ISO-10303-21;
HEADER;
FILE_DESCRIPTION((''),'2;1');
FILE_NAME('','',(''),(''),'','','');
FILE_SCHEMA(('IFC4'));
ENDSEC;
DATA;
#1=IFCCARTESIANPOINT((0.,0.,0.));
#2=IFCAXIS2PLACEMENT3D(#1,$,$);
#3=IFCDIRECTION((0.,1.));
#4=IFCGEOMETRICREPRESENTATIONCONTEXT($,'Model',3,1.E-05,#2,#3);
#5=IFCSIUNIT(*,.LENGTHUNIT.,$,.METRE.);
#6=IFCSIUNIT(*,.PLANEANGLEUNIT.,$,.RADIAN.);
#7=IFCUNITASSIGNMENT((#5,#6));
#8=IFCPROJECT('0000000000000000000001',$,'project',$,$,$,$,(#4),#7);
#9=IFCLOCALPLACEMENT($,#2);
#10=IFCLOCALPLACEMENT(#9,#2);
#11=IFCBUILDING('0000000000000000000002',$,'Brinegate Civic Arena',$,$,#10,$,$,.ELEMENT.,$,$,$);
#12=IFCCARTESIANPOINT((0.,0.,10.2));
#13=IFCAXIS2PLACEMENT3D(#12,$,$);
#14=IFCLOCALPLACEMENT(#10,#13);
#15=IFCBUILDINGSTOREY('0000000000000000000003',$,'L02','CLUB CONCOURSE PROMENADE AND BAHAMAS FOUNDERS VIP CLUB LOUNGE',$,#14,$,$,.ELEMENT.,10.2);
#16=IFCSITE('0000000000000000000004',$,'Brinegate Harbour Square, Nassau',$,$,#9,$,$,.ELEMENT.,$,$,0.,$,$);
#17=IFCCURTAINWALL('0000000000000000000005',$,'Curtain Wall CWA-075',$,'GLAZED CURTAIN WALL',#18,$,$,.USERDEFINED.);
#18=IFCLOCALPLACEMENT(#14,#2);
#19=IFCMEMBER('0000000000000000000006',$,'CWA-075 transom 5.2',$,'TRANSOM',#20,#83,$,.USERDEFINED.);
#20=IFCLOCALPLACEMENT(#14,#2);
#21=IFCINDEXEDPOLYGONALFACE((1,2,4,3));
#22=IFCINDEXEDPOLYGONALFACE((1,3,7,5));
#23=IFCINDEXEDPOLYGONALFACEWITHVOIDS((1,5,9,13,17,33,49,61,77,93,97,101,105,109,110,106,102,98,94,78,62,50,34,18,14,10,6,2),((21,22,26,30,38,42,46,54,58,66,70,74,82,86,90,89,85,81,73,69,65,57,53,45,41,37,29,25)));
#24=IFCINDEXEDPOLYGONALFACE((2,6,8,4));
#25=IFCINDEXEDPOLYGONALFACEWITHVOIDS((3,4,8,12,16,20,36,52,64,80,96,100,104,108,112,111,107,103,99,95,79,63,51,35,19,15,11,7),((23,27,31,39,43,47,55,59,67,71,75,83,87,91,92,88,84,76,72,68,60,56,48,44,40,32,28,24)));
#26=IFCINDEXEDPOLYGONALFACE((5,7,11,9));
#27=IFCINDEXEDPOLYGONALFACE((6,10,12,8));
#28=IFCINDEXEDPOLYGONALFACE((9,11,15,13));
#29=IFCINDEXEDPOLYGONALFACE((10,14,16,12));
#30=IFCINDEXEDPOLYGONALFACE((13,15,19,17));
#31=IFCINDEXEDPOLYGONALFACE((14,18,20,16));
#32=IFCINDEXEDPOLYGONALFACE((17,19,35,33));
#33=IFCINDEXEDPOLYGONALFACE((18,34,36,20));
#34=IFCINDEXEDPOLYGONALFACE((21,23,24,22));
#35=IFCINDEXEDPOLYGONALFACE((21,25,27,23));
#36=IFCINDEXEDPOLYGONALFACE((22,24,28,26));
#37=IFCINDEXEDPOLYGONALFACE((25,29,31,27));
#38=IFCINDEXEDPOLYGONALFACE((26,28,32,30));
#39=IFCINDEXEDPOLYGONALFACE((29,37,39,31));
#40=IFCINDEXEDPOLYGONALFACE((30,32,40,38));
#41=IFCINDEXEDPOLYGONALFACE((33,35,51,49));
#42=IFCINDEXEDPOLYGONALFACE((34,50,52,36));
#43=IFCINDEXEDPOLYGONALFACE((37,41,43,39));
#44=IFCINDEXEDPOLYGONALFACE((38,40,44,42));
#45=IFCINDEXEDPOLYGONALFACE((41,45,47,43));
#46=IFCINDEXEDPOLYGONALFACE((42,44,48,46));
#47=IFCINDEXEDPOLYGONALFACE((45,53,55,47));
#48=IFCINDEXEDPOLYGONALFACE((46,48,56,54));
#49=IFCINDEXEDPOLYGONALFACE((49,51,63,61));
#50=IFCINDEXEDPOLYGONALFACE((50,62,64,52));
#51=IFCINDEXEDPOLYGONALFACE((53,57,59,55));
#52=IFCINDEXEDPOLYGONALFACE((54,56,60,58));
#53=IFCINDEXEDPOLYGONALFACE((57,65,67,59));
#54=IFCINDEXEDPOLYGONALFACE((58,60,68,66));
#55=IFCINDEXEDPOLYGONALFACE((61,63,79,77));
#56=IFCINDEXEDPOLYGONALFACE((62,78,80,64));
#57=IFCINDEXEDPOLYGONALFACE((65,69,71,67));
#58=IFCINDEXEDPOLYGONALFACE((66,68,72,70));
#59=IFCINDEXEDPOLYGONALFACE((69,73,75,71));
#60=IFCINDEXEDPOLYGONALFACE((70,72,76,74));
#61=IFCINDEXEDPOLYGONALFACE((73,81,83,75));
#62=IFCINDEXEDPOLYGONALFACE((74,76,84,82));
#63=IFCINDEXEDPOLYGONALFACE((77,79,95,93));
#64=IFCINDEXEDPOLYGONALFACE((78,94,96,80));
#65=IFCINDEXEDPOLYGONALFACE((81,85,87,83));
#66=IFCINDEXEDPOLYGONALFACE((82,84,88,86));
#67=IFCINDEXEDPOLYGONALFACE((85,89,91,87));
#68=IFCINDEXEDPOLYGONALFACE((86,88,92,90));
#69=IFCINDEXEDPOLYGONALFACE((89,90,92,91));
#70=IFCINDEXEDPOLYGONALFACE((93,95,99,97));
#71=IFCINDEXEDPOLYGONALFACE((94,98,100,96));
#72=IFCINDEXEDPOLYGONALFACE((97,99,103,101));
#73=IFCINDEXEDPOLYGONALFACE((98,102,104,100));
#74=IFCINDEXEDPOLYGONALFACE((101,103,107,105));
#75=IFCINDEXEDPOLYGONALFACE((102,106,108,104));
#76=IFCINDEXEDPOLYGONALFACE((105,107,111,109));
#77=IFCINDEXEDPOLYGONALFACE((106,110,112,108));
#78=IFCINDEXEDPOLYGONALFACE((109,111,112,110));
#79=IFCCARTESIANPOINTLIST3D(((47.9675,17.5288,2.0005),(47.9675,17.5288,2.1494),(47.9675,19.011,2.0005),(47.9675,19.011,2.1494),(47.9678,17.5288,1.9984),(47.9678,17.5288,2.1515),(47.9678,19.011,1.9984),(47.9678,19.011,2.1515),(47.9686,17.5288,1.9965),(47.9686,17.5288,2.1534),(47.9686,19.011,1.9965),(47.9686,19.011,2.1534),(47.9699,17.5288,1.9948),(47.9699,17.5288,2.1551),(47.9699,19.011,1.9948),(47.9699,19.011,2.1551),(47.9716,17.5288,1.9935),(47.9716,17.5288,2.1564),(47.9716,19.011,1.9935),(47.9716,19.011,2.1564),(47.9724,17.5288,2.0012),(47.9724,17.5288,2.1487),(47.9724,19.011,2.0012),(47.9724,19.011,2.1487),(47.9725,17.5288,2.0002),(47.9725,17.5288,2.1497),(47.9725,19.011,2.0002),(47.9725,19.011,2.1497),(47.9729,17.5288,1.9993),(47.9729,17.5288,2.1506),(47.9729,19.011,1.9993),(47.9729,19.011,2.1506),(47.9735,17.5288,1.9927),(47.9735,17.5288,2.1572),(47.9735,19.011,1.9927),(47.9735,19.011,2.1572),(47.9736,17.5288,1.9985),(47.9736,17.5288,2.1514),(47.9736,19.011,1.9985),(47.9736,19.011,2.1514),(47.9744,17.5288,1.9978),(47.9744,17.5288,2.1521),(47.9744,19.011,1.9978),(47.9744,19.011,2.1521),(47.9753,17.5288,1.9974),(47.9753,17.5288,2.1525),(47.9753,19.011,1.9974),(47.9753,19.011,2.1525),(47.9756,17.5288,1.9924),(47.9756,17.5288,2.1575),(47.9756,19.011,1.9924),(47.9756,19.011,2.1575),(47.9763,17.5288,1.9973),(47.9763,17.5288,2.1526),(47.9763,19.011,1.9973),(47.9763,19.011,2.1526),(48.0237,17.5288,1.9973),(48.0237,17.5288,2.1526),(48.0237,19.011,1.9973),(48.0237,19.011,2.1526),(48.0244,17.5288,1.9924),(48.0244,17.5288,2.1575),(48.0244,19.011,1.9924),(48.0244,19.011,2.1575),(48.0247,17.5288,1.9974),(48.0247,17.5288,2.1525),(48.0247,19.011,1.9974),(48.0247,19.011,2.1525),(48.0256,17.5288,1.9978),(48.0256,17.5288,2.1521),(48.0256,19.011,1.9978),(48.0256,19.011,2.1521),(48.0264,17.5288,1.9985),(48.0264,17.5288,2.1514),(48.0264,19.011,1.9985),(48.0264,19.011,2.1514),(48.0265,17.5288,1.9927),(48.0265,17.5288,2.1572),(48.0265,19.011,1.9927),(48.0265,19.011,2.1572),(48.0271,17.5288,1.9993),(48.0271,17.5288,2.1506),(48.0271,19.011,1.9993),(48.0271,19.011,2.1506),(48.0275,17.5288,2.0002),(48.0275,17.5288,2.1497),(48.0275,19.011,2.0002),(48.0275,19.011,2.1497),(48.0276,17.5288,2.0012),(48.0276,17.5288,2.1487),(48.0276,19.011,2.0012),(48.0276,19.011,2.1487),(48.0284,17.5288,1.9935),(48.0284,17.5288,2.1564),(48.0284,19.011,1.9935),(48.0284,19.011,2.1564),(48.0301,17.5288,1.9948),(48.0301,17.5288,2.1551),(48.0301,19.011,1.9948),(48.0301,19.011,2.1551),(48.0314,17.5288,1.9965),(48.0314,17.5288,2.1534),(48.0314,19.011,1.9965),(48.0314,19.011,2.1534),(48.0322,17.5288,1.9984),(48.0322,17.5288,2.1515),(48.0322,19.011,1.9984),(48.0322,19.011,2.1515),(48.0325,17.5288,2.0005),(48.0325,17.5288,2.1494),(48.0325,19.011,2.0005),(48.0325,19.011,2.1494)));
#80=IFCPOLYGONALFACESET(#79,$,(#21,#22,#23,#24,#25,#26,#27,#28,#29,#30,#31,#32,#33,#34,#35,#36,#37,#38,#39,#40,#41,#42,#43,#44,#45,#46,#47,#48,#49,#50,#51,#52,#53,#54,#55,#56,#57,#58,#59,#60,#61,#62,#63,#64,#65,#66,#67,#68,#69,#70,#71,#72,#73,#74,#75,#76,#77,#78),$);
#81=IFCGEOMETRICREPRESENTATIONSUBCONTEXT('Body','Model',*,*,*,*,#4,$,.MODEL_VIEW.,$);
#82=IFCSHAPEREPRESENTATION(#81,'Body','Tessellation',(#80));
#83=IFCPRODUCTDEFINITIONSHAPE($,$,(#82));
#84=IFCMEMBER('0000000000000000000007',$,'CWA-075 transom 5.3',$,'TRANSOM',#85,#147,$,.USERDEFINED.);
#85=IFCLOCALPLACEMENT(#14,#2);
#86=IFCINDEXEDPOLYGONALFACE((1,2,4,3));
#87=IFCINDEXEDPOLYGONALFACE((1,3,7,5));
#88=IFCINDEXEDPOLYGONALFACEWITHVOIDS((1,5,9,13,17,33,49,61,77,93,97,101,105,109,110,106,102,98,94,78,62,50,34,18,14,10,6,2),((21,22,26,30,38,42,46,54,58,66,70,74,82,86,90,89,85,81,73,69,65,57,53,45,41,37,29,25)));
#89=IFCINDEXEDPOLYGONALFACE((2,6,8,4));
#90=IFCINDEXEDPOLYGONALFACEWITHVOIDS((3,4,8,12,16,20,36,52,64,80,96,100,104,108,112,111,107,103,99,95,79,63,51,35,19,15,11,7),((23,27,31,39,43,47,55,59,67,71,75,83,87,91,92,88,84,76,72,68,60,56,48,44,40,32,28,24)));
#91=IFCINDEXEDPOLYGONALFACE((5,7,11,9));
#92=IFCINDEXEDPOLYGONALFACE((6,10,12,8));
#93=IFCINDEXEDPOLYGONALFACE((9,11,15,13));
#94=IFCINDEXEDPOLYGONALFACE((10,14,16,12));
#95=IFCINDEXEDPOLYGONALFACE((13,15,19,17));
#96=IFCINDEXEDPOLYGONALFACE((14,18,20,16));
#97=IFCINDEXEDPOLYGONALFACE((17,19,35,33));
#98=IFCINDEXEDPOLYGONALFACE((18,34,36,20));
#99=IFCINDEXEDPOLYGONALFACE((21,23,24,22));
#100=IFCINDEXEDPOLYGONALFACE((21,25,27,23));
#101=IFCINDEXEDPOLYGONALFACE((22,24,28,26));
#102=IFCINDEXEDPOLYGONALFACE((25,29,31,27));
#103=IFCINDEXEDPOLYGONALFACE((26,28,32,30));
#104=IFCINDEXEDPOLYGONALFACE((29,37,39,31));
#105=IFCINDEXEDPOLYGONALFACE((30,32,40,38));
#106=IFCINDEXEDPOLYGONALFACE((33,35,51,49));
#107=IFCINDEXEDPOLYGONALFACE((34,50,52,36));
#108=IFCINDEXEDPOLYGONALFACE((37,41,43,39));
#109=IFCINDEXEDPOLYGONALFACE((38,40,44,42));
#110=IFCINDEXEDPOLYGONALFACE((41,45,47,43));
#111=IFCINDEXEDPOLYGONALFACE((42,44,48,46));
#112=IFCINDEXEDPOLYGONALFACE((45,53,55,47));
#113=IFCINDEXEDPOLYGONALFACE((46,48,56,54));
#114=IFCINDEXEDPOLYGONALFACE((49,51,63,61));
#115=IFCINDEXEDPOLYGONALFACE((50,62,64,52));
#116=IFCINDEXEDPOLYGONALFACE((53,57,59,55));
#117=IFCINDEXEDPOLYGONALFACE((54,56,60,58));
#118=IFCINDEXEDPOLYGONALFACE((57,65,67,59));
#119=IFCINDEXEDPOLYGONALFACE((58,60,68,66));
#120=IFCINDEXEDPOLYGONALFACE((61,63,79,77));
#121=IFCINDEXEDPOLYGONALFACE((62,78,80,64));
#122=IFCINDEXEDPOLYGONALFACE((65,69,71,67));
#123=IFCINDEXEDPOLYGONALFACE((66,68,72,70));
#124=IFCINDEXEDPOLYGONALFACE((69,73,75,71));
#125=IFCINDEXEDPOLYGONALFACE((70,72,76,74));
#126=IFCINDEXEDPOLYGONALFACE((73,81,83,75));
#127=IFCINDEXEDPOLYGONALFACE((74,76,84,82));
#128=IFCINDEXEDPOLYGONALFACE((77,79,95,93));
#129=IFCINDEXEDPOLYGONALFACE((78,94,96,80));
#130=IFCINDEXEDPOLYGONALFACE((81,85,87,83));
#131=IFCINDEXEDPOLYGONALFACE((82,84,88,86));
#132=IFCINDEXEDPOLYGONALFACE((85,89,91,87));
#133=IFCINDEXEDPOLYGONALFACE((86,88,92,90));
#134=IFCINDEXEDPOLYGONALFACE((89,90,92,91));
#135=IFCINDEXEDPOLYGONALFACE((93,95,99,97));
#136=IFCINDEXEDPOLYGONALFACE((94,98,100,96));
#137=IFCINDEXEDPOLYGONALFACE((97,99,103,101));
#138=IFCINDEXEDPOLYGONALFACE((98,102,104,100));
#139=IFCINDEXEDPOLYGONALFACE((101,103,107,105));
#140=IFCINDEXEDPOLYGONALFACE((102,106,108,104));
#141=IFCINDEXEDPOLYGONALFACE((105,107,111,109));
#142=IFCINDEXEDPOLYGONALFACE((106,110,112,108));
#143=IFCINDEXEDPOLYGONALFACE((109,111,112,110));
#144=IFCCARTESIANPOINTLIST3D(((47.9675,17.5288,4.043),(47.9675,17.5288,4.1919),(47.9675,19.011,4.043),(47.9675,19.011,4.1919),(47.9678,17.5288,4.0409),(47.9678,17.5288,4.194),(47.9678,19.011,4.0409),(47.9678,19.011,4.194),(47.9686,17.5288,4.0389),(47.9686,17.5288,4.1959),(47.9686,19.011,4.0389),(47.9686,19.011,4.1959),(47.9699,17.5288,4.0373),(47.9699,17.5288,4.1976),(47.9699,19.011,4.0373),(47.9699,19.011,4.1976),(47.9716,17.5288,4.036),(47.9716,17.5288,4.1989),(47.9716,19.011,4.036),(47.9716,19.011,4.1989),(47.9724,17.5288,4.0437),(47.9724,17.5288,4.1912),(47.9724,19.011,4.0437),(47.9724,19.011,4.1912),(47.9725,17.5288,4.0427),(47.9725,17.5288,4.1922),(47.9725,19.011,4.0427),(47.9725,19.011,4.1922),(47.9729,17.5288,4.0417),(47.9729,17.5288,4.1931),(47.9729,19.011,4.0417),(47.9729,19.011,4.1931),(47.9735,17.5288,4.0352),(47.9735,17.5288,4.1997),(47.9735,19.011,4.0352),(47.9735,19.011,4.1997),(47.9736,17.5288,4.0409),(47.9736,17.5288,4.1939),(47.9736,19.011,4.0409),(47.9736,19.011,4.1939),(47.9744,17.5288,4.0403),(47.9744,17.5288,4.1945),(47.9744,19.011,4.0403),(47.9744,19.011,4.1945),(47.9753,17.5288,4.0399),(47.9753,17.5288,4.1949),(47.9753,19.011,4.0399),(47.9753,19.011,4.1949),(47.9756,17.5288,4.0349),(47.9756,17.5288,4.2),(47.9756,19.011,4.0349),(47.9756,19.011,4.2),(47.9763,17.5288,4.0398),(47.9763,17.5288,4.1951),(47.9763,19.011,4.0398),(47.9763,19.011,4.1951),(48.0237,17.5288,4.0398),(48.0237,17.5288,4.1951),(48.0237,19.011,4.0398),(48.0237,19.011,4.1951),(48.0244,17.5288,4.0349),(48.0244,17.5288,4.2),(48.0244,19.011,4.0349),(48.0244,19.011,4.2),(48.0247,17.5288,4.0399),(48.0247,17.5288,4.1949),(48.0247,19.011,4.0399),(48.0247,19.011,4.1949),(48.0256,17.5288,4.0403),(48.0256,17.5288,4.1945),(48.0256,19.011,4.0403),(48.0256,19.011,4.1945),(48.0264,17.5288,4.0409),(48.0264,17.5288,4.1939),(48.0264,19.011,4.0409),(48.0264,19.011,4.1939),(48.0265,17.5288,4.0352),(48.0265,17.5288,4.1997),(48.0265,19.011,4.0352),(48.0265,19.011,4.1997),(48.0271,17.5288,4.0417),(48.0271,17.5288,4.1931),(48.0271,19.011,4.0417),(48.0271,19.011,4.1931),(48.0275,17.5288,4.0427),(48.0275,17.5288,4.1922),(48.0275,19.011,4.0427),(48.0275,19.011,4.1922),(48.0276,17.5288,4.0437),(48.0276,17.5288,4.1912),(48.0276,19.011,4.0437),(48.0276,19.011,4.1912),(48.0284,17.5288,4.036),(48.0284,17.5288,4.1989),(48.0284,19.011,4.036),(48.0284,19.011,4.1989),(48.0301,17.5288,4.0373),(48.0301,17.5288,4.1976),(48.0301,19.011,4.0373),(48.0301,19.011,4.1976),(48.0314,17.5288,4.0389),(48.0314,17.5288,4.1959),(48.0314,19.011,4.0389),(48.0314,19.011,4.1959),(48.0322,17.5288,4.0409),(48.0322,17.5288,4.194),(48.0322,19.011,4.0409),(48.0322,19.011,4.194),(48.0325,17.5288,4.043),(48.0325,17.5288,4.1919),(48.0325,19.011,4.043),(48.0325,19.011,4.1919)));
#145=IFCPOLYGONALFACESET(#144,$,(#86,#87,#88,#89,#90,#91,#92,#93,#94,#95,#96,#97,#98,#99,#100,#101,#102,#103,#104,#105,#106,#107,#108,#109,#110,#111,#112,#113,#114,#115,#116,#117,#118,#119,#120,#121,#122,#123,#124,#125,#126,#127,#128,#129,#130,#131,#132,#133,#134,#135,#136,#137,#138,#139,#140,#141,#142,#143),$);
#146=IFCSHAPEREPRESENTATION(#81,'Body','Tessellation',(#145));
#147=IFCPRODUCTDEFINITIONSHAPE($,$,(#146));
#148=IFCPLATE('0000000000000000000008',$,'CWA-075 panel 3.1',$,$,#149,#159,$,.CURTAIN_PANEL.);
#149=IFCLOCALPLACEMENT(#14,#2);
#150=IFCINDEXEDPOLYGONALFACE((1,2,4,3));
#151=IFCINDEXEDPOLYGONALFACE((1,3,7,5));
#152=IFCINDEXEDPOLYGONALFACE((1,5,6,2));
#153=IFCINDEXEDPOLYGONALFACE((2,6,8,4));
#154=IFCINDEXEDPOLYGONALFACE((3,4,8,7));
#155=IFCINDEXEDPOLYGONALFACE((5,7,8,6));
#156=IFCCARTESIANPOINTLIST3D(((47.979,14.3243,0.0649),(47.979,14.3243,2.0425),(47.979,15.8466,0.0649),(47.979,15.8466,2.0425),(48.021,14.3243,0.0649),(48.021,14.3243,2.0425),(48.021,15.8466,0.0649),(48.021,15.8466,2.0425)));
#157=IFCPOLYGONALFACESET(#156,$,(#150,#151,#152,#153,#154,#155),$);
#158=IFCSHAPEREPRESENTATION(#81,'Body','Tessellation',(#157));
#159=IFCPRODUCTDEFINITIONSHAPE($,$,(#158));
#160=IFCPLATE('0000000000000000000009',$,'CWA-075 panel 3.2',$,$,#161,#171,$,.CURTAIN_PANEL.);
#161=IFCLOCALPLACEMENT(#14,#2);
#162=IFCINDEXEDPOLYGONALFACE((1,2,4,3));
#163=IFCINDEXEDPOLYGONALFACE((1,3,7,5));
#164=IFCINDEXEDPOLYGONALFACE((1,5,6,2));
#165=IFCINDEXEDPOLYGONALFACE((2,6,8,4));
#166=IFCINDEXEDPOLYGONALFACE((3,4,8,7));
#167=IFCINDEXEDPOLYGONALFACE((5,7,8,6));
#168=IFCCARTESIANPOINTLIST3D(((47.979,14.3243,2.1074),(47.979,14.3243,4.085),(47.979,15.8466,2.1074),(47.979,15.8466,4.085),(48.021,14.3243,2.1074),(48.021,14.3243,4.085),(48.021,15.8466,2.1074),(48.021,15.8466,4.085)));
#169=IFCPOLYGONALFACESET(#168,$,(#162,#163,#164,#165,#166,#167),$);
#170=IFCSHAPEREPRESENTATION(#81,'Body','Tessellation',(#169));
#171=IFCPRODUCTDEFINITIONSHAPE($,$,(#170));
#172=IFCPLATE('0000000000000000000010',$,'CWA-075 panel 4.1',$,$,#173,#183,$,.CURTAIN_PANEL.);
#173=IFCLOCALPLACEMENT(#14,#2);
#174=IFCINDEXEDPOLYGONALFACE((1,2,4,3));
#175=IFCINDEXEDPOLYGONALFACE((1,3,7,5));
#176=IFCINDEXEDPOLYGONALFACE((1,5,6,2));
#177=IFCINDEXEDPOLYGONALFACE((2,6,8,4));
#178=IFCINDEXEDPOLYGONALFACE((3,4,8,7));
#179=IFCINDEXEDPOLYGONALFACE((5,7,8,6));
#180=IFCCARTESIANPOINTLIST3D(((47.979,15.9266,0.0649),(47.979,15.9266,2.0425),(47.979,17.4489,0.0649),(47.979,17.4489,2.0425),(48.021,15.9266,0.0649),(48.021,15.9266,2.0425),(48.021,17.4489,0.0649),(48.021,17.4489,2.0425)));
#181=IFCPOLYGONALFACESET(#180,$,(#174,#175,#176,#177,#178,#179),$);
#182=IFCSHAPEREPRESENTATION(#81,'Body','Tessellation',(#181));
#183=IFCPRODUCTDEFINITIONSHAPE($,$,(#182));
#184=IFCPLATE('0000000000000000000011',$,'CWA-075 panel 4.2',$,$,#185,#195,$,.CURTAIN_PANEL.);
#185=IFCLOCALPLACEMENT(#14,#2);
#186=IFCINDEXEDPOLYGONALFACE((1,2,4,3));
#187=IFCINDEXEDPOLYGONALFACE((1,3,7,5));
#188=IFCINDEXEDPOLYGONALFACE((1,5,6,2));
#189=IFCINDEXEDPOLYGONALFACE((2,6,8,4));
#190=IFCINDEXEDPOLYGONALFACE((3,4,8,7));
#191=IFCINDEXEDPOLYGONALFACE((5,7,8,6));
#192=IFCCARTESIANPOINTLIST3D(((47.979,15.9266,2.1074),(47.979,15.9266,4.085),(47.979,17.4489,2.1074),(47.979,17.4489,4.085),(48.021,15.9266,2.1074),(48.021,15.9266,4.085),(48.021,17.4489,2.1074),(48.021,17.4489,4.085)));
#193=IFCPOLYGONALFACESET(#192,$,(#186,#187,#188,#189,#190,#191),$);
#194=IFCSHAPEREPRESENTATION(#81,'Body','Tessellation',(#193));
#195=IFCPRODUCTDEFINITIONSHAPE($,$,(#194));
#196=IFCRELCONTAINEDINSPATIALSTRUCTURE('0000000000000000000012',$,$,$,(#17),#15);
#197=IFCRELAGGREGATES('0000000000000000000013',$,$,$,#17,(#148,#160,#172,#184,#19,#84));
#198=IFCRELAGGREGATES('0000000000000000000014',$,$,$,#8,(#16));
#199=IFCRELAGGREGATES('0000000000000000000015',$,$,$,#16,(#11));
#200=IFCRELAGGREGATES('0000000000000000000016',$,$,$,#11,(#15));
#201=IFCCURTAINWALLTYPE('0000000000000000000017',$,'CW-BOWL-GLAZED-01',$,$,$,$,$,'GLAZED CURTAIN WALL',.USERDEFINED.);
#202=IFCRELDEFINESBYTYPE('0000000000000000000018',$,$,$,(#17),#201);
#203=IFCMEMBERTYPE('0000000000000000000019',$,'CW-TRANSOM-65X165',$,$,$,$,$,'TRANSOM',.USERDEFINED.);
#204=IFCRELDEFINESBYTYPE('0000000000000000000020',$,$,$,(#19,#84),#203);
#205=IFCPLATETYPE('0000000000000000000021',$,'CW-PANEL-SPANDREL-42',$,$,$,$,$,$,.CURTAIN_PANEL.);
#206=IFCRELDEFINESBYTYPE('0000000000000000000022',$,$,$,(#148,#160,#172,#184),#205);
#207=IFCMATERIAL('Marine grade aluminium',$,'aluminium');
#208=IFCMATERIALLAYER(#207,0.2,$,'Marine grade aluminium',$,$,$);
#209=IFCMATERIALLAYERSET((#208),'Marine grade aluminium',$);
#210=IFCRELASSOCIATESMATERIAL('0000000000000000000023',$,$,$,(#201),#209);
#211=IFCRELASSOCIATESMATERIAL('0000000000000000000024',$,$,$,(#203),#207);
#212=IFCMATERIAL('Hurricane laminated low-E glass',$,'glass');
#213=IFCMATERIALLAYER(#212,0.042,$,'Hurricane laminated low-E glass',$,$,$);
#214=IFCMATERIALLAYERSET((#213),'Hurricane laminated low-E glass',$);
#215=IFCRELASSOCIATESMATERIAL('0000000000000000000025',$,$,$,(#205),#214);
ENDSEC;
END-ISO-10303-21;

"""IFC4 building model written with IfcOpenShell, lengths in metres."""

from ifc_helpers import new_model, si_unit, direction, frame, origin, origin_2d, place, context, subcontext, project, spatial, rectangle, hollow_rectangle, extrude, material, layer, layer_set, material_profile, profile_set, type_object, element, aggregate, save


model = new_model("IFC4")

# Units and contexts
model_context = context("Model", 3, precision=1e-05, world=origin(), true_north=direction((0.0, 1.0)))
body_context = subcontext(model_context, "Body", "Model", "MODEL_VIEW")
ifc_project = project(units=[si_unit("LENGTHUNIT", "METRE"), si_unit("PLANEANGLEUNIT", "RADIAN")], contexts=[model_context])

# Site, building, storey
site_placement = place(None, origin())
site = spatial("IfcSite", under=ifc_project, at=site_placement, Name="Brinegate Harbour Square, Nassau", CompositionType="ELEMENT", RefElevation=0.0)
building_placement = place(site_placement, origin())
building = spatial("IfcBuilding", under=site, at=building_placement, Name="Brinegate Civic Arena", CompositionType="ELEMENT")
storey_placement = place(building_placement, frame((0.0, 0.0, 10.2)))
storey = spatial("IfcBuildingStorey", under=building, at=storey_placement, Name="L02", Description="CLUB CONCOURSE PROMENADE AND BAHAMAS FOUNDERS VIP CLUB LOUNGE", CompositionType="ELEMENT", Elevation=10.2)

# Curtain wall, members, plates
ifc_material_1 = material(Name="Marine grade aluminium", Category="aluminium")
ifc_layer_1 = layer(ifc_material_1, 0.2, Name="Marine grade aluminium")
ifc_layer_set_1 = layer_set([ifc_layer_1], Name="Marine grade aluminium")
curtain_wall_type = type_object("IfcCurtainWallType", Name="CW-BOWL-GLAZED-01", ElementType="GLAZED CURTAIN WALL", PredefinedType="USERDEFINED", material=ifc_layer_set_1)
curtain_wall_placement = place(storey_placement, origin())
curtain_wall = element("IfcCurtainWall", 1, at=curtain_wall_placement, inside=storey, type_object=curtain_wall_type, Name="Curtain Wall CWA-075", ObjectType="GLAZED CURTAIN WALL", PredefinedType="USERDEFINED")
ifc_material_profile_1 = material_profile(ifc_material_1, hollow_rectangle(XDim=0.0649, YDim=0.165, WallThickness=0.0049, InnerFilletRadius=0.0039, OuterFilletRadius=0.0081, at=origin_2d()), Name="TRN65X165")
ifc_profile_set_1 = profile_set([ifc_material_profile_1], Name="Marine grade aluminium")
member_type_1 = type_object("IfcMemberType", Name="CW-TRANSOM-65X165", ElementType="TRANSOM", PredefinedType="USERDEFINED", material=ifc_profile_set_1)
member_1_placement = place(storey_placement, frame((48.0, 17.5288, 2.075), z_axis=(0.0, 1.0, 0.0), x_axis=(-1.0, 0.0, 0.0)))
member_1 = element("IfcMember", 2, at=member_1_placement, type_object=member_type_1, Name="CWA-075 transom 5.2", ObjectType="TRANSOM", PredefinedType="USERDEFINED", context=body_context, shape_type="SweptSolid", body=[
    extrude(hollow_rectangle(XDim=0.0649, YDim=0.165, WallThickness=0.0049, InnerFilletRadius=0.0039, OuterFilletRadius=0.0081, at=origin_2d()), origin(), (0.0, 0.0, 1.0), 1.4822),
])
member_2_placement = place(storey_placement, frame((48.0, 17.5288, 4.1174), z_axis=(0.0, 1.0, 0.0), x_axis=(-1.0, 0.0, 0.0)))
member_2 = element("IfcMember", 3, at=member_2_placement, type_object=member_type_1, Name="CWA-075 transom 5.3", ObjectType="TRANSOM", PredefinedType="USERDEFINED", context=body_context, shape_type="SweptSolid", body=[
    extrude(hollow_rectangle(XDim=0.0649, YDim=0.165, WallThickness=0.0049, InnerFilletRadius=0.0039, OuterFilletRadius=0.0081, at=origin_2d()), origin(), (0.0, 0.0, 1.0), 1.4822),
])
ifc_material_2 = material(Name="Hurricane laminated low-E glass", Category="glass")
ifc_layer_2 = layer(ifc_material_2, 0.042, Name="Hurricane laminated low-E glass")
ifc_layer_set_2 = layer_set([ifc_layer_2], Name="Hurricane laminated low-E glass")
plate_type = type_object("IfcPlateType", Name="CW-PANEL-SPANDREL-42", PredefinedType="CURTAIN_PANEL", material=ifc_layer_set_2)
plate_1_placement = place(storey_placement, frame((48.0, 15.0854, 0.0649), z_axis=(0.0, 0.0, 1.0), x_axis=(0.0, 1.0, 0.0)))
plate_1 = element("IfcPlate", 4, at=plate_1_placement, type_object=plate_type, Name="CWA-075 panel 3.1", PredefinedType="CURTAIN_PANEL", context=body_context, shape_type="SweptSolid", body=[
    extrude(rectangle(XDim=1.5222, YDim=0.042, at=origin_2d()), origin(), (0.0, 0.0, 1.0), 1.9775),
])
plate_2_placement = place(storey_placement, frame((48.0, 15.0854, 2.1074), z_axis=(0.0, 0.0, 1.0), x_axis=(0.0, 1.0, 0.0)))
plate_2 = element("IfcPlate", 5, at=plate_2_placement, type_object=plate_type, Name="CWA-075 panel 3.2", PredefinedType="CURTAIN_PANEL", context=body_context, shape_type="SweptSolid", body=[
    extrude(rectangle(XDim=1.5222, YDim=0.042, at=origin_2d()), origin(), (0.0, 0.0, 1.0), 1.9775),
])
plate_3_placement = place(storey_placement, frame((48.0, 16.6877, 0.0649), z_axis=(0.0, 0.0, 1.0), x_axis=(0.0, 1.0, 0.0)))
plate_3 = element("IfcPlate", 6, at=plate_3_placement, type_object=plate_type, Name="CWA-075 panel 4.1", PredefinedType="CURTAIN_PANEL", context=body_context, shape_type="SweptSolid", body=[
    extrude(rectangle(XDim=1.5222, YDim=0.042, at=origin_2d()), origin(), (0.0, 0.0, 1.0), 1.9775),
])
plate_4_placement = place(storey_placement, frame((48.0, 16.6877, 2.1074), z_axis=(0.0, 0.0, 1.0), x_axis=(0.0, 1.0, 0.0)))
plate_4 = element("IfcPlate", 7, at=plate_4_placement, type_object=plate_type, Name="CWA-075 panel 4.2", PredefinedType="CURTAIN_PANEL", context=body_context, shape_type="SweptSolid", body=[
    extrude(rectangle(XDim=1.5222, YDim=0.042, at=origin_2d()), origin(), (0.0, 0.0, 1.0), 1.9775),
])
aggregate(curtain_wall, [plate_1, plate_2, plate_3, plate_4, member_1, member_2])

save(model, "model.ifc")
